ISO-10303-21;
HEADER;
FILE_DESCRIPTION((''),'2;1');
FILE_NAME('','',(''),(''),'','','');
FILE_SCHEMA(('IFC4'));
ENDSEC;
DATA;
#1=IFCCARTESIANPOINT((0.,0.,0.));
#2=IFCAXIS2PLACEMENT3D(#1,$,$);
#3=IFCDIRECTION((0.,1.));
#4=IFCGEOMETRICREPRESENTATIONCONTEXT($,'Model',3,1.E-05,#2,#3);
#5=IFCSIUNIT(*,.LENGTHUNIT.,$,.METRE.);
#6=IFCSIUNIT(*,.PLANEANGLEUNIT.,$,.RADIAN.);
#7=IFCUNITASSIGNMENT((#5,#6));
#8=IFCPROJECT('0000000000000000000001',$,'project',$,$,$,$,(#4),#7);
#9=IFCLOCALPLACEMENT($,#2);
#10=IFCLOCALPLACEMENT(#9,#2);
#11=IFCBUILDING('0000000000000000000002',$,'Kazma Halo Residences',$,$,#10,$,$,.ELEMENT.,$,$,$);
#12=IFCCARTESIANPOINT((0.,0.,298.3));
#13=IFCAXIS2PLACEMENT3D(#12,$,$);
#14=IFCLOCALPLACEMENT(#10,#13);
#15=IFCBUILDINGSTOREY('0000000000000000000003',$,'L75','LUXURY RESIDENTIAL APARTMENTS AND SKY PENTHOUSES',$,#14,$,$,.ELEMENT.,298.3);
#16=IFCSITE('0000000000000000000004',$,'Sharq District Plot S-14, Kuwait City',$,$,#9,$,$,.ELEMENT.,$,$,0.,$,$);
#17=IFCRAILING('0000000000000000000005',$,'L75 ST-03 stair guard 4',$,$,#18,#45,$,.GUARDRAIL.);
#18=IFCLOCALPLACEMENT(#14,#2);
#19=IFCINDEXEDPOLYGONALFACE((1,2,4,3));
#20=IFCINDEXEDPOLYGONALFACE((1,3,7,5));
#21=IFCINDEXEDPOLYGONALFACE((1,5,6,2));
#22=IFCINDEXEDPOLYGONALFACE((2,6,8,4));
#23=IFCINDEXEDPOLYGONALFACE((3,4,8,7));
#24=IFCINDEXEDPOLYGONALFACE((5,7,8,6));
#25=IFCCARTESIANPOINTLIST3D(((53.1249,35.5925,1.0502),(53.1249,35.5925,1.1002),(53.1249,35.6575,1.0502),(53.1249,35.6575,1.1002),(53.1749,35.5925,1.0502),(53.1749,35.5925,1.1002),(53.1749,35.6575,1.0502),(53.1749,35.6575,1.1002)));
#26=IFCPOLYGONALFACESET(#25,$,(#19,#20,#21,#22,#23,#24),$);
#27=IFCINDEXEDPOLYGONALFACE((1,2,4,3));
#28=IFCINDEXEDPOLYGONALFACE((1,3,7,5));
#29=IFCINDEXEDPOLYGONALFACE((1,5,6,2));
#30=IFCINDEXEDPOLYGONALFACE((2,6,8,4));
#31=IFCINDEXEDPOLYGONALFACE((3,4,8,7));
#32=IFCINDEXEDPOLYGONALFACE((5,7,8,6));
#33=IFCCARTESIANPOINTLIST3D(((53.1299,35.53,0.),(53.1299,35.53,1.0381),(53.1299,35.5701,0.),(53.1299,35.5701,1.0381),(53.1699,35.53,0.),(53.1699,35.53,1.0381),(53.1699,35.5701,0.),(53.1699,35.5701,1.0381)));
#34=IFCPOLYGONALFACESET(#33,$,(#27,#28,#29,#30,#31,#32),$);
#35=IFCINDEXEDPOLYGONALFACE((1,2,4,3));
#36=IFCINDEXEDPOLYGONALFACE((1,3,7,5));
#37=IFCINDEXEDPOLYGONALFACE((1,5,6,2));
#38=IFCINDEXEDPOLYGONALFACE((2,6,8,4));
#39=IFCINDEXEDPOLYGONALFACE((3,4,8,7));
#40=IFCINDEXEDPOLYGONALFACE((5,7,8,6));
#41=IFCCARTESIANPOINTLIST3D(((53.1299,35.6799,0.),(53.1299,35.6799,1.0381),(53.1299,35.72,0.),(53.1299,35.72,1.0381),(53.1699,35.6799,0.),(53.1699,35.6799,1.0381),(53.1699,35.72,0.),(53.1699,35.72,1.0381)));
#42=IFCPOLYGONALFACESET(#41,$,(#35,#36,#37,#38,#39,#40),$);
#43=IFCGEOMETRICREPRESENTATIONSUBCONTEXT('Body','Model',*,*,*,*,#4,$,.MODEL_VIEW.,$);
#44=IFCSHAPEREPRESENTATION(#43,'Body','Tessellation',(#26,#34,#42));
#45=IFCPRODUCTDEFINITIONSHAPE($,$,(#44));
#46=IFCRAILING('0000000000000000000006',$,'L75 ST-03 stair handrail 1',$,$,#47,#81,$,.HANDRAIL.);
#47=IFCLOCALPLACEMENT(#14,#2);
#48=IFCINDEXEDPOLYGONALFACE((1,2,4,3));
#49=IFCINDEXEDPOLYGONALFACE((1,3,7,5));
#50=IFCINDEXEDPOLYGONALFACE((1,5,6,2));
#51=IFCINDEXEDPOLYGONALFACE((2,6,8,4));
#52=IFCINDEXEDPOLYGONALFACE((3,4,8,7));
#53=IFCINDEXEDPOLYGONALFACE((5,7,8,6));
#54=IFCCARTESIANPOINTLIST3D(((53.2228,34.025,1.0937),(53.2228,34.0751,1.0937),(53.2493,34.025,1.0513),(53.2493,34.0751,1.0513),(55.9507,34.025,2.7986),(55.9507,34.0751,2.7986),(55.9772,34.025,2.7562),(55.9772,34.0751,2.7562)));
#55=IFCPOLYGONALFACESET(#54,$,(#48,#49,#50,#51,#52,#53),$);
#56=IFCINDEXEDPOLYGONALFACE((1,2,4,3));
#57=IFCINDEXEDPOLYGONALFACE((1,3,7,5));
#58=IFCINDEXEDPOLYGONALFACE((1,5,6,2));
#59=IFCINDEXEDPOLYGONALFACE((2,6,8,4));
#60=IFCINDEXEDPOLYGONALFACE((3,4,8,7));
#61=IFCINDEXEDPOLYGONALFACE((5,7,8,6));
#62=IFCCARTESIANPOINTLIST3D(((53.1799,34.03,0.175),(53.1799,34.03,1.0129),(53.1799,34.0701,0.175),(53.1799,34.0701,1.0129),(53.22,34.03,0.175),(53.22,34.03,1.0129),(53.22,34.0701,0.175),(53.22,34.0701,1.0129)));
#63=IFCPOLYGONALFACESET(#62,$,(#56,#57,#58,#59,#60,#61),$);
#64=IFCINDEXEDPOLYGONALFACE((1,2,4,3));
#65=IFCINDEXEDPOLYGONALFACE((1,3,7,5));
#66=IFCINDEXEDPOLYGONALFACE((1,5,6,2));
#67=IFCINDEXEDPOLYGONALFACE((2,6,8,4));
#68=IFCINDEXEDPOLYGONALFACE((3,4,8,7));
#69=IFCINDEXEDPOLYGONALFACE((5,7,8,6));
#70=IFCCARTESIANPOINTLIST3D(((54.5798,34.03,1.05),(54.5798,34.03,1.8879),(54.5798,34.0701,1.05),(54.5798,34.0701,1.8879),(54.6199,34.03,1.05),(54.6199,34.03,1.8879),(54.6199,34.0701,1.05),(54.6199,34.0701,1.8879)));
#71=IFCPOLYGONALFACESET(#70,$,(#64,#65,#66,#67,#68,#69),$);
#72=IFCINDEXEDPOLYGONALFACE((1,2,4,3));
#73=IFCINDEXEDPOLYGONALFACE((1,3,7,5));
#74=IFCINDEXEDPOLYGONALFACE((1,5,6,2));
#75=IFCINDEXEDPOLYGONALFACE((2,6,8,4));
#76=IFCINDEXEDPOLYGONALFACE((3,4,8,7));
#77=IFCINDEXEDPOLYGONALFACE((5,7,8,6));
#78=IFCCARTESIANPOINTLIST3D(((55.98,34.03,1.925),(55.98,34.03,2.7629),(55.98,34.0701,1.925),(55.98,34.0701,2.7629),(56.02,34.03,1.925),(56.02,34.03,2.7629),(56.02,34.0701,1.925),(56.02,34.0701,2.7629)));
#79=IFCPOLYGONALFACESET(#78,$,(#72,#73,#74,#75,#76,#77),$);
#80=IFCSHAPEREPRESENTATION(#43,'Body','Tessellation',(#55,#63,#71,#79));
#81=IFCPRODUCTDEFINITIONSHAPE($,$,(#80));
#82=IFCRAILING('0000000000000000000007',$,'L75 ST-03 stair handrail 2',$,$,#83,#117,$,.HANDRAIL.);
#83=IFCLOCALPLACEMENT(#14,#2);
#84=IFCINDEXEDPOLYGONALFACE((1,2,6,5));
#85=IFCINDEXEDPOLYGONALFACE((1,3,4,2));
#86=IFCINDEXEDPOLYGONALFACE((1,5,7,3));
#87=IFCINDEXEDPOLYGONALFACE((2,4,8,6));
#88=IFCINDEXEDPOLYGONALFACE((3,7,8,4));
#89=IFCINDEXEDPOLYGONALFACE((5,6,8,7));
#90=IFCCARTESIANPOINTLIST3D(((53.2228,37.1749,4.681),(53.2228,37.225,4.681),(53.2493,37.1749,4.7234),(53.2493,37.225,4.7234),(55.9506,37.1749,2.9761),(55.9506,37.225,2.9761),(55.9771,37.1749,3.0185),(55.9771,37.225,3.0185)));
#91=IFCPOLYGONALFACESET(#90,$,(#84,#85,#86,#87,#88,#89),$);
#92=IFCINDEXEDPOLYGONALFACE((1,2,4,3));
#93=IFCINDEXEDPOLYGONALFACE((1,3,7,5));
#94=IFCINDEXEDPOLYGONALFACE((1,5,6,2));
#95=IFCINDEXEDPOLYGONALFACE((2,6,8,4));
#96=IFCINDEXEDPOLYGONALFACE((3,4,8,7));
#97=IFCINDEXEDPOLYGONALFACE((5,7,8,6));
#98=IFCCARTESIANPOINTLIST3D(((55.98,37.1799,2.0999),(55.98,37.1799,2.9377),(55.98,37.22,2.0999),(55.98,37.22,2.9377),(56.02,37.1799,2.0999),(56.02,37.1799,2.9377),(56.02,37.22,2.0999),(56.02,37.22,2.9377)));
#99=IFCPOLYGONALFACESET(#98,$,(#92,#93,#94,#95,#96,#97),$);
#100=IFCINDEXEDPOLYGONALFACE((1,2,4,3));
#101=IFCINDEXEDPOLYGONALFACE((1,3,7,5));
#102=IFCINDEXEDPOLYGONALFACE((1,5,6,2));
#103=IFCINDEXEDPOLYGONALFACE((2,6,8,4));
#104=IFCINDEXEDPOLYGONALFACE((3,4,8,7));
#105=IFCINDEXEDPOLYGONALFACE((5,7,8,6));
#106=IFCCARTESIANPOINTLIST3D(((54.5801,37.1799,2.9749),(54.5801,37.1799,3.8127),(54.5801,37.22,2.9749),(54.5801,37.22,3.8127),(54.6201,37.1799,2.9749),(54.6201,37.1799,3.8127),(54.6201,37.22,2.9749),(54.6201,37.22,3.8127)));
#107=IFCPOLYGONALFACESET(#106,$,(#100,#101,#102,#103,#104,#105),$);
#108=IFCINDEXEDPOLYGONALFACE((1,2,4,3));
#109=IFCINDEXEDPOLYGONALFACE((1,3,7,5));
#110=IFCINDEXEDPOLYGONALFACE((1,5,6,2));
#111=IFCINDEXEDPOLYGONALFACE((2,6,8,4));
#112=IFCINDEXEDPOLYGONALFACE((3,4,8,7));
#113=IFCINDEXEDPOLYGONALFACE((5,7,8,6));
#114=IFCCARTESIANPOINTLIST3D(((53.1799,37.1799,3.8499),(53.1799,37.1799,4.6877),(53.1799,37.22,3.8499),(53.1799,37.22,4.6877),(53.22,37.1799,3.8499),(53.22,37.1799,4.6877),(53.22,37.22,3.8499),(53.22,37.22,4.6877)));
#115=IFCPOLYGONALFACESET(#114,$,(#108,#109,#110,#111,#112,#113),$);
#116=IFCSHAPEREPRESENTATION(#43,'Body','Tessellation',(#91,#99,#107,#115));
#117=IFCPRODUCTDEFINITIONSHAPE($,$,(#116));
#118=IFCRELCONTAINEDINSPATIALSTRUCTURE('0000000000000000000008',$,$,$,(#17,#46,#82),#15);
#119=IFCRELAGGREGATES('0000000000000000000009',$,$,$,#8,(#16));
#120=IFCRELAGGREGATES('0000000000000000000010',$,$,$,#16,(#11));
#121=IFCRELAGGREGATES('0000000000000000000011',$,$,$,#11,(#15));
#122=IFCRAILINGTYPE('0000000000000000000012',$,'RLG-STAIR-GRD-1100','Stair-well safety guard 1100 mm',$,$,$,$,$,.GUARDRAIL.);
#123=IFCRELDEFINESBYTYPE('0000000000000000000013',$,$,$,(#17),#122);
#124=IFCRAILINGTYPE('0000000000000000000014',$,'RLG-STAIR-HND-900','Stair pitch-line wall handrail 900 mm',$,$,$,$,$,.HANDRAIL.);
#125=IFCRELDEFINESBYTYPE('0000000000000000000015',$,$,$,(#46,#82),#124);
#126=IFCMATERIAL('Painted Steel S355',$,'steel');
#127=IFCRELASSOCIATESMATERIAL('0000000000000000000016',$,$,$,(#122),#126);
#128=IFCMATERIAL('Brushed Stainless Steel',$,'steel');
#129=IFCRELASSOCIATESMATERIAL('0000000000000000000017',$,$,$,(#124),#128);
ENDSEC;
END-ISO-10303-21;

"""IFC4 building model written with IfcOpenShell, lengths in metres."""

from ifc_helpers import new_model, si_unit, direction, frame, origin, origin_2d, place, context, subcontext, project, spatial, rectangle, extrude, material, type_object, element, save


model = new_model("IFC4")

# Units and contexts
model_context = context("Model", 3, precision=1e-05, world=origin(), true_north=direction((0.0, 1.0)))
body_context = subcontext(model_context, "Body", "Model", "MODEL_VIEW")
ifc_project = project(units=[si_unit("LENGTHUNIT", "METRE"), si_unit("PLANEANGLEUNIT", "RADIAN")], contexts=[model_context])

# Site, building, storey
site_placement = place(None, origin())
site = spatial("IfcSite", under=ifc_project, at=site_placement, Name="Sharq District Plot S-14, Kuwait City", CompositionType="ELEMENT", RefElevation=0.0)
building_placement = place(site_placement, origin())
building = spatial("IfcBuilding", under=site, at=building_placement, Name="Kazma Halo Residences", CompositionType="ELEMENT")
storey_placement = place(building_placement, frame((0.0, 0.0, 298.3)))
storey = spatial("IfcBuildingStorey", under=building, at=storey_placement, Name="L75", Description="LUXURY RESIDENTIAL APARTMENTS AND SKY PENTHOUSES", CompositionType="ELEMENT", Elevation=298.3)

# Railings
ifc_material_1 = material(Name="Painted Steel S355", Category="steel")
railing_type_1 = type_object("IfcRailingType", Name="RLG-STAIR-GRD-1100", Description="Stair-well safety guard 1100 mm", PredefinedType="GUARDRAIL", material=ifc_material_1)
railing_1_placement = place(storey_placement, frame((53.1499, 35.55, 0.0)))
element("IfcRailing", 1, at=railing_1_placement, inside=storey, type_object=railing_type_1, Name="L75 ST-03 stair guard 4", PredefinedType="GUARDRAIL", context=body_context, shape_type="SweptSolid", body=[
    extrude(rectangle(XDim=0.05, YDim=0.05, at=origin_2d()), frame((0.0, 0.0425, 1.0752), z_axis=(0.0, 1.0, 0.0), x_axis=(-1.0, 0.0, 0.0)), (0.0, 0.0, 1.0), 0.0649),
    extrude(rectangle(XDim=0.04, YDim=0.04, at=origin_2d()), origin(), (0.0, 0.0, 1.0), 1.0381),
    extrude(rectangle(XDim=0.04, YDim=0.04, at=origin_2d()), frame((0.0, 0.1499, 0.0)), (0.0, 0.0, 1.0), 1.0381),
])
ifc_material_2 = material(Name="Brushed Stainless Steel", Category="steel")
railing_type_2 = type_object("IfcRailingType", Name="RLG-STAIR-HND-900", Description="Stair pitch-line wall handrail 900 mm", PredefinedType="HANDRAIL", material=ifc_material_2)
railing_2_placement = place(storey_placement, frame((53.2, 34.05, 0.175)))
element("IfcRailing", 2, at=railing_2_placement, inside=storey, type_object=railing_type_2, Name="L75 ST-03 stair handrail 1", PredefinedType="HANDRAIL", context=body_context, shape_type="SweptSolid", body=[
    extrude(rectangle(XDim=0.05, YDim=0.05, at=origin_2d()), frame((0.0361, 0.0, 0.8975), z_axis=(0.848002, 0.0, 0.529992), x_axis=(0.0, 1.0, 0.0)), (0.0, 0.0, 1.0), 3.2168),
    extrude(rectangle(XDim=0.04, YDim=0.04, at=origin_2d()), origin(), (0.0, 0.0, 1.0), 0.8379),
    extrude(rectangle(XDim=0.04, YDim=0.04, at=origin_2d()), frame((1.3999, 0.0, 0.875)), (0.0, 0.0, 1.0), 0.8379),
    extrude(rectangle(XDim=0.04, YDim=0.04, at=origin_2d()), frame((2.8, 0.0, 1.75)), (0.0, 0.0, 1.0), 0.8379),
])
railing_3_placement = place(storey_placement, frame((56.0, 37.2, 2.0999)))
element("IfcRailing", 3, at=railing_3_placement, inside=storey, type_object=railing_type_2, Name="L75 ST-03 stair handrail 2", PredefinedType="HANDRAIL", context=body_context, shape_type="SweptSolid", body=[
    extrude(rectangle(XDim=0.05, YDim=0.05, at=origin_2d()), frame((-0.0361, 0.0, 0.8975), z_axis=(-0.848002, 0.0, 0.529992), x_axis=(0.0, -1.0, 0.0)), (0.0, 0.0, 1.0), 3.2168),
    extrude(rectangle(XDim=0.04, YDim=0.04, at=origin_2d()), origin(), (0.0, 0.0, 1.0), 0.8379),
    extrude(rectangle(XDim=0.04, YDim=0.04, at=origin_2d()), frame((-1.3999, 0.0, 0.875)), (0.0, 0.0, 1.0), 0.8379),
    extrude(rectangle(XDim=0.04, YDim=0.04, at=origin_2d()), frame((-2.8, 0.0, 1.75)), (0.0, 0.0, 1.0), 0.8379),
])

save(model, "model.ifc")
